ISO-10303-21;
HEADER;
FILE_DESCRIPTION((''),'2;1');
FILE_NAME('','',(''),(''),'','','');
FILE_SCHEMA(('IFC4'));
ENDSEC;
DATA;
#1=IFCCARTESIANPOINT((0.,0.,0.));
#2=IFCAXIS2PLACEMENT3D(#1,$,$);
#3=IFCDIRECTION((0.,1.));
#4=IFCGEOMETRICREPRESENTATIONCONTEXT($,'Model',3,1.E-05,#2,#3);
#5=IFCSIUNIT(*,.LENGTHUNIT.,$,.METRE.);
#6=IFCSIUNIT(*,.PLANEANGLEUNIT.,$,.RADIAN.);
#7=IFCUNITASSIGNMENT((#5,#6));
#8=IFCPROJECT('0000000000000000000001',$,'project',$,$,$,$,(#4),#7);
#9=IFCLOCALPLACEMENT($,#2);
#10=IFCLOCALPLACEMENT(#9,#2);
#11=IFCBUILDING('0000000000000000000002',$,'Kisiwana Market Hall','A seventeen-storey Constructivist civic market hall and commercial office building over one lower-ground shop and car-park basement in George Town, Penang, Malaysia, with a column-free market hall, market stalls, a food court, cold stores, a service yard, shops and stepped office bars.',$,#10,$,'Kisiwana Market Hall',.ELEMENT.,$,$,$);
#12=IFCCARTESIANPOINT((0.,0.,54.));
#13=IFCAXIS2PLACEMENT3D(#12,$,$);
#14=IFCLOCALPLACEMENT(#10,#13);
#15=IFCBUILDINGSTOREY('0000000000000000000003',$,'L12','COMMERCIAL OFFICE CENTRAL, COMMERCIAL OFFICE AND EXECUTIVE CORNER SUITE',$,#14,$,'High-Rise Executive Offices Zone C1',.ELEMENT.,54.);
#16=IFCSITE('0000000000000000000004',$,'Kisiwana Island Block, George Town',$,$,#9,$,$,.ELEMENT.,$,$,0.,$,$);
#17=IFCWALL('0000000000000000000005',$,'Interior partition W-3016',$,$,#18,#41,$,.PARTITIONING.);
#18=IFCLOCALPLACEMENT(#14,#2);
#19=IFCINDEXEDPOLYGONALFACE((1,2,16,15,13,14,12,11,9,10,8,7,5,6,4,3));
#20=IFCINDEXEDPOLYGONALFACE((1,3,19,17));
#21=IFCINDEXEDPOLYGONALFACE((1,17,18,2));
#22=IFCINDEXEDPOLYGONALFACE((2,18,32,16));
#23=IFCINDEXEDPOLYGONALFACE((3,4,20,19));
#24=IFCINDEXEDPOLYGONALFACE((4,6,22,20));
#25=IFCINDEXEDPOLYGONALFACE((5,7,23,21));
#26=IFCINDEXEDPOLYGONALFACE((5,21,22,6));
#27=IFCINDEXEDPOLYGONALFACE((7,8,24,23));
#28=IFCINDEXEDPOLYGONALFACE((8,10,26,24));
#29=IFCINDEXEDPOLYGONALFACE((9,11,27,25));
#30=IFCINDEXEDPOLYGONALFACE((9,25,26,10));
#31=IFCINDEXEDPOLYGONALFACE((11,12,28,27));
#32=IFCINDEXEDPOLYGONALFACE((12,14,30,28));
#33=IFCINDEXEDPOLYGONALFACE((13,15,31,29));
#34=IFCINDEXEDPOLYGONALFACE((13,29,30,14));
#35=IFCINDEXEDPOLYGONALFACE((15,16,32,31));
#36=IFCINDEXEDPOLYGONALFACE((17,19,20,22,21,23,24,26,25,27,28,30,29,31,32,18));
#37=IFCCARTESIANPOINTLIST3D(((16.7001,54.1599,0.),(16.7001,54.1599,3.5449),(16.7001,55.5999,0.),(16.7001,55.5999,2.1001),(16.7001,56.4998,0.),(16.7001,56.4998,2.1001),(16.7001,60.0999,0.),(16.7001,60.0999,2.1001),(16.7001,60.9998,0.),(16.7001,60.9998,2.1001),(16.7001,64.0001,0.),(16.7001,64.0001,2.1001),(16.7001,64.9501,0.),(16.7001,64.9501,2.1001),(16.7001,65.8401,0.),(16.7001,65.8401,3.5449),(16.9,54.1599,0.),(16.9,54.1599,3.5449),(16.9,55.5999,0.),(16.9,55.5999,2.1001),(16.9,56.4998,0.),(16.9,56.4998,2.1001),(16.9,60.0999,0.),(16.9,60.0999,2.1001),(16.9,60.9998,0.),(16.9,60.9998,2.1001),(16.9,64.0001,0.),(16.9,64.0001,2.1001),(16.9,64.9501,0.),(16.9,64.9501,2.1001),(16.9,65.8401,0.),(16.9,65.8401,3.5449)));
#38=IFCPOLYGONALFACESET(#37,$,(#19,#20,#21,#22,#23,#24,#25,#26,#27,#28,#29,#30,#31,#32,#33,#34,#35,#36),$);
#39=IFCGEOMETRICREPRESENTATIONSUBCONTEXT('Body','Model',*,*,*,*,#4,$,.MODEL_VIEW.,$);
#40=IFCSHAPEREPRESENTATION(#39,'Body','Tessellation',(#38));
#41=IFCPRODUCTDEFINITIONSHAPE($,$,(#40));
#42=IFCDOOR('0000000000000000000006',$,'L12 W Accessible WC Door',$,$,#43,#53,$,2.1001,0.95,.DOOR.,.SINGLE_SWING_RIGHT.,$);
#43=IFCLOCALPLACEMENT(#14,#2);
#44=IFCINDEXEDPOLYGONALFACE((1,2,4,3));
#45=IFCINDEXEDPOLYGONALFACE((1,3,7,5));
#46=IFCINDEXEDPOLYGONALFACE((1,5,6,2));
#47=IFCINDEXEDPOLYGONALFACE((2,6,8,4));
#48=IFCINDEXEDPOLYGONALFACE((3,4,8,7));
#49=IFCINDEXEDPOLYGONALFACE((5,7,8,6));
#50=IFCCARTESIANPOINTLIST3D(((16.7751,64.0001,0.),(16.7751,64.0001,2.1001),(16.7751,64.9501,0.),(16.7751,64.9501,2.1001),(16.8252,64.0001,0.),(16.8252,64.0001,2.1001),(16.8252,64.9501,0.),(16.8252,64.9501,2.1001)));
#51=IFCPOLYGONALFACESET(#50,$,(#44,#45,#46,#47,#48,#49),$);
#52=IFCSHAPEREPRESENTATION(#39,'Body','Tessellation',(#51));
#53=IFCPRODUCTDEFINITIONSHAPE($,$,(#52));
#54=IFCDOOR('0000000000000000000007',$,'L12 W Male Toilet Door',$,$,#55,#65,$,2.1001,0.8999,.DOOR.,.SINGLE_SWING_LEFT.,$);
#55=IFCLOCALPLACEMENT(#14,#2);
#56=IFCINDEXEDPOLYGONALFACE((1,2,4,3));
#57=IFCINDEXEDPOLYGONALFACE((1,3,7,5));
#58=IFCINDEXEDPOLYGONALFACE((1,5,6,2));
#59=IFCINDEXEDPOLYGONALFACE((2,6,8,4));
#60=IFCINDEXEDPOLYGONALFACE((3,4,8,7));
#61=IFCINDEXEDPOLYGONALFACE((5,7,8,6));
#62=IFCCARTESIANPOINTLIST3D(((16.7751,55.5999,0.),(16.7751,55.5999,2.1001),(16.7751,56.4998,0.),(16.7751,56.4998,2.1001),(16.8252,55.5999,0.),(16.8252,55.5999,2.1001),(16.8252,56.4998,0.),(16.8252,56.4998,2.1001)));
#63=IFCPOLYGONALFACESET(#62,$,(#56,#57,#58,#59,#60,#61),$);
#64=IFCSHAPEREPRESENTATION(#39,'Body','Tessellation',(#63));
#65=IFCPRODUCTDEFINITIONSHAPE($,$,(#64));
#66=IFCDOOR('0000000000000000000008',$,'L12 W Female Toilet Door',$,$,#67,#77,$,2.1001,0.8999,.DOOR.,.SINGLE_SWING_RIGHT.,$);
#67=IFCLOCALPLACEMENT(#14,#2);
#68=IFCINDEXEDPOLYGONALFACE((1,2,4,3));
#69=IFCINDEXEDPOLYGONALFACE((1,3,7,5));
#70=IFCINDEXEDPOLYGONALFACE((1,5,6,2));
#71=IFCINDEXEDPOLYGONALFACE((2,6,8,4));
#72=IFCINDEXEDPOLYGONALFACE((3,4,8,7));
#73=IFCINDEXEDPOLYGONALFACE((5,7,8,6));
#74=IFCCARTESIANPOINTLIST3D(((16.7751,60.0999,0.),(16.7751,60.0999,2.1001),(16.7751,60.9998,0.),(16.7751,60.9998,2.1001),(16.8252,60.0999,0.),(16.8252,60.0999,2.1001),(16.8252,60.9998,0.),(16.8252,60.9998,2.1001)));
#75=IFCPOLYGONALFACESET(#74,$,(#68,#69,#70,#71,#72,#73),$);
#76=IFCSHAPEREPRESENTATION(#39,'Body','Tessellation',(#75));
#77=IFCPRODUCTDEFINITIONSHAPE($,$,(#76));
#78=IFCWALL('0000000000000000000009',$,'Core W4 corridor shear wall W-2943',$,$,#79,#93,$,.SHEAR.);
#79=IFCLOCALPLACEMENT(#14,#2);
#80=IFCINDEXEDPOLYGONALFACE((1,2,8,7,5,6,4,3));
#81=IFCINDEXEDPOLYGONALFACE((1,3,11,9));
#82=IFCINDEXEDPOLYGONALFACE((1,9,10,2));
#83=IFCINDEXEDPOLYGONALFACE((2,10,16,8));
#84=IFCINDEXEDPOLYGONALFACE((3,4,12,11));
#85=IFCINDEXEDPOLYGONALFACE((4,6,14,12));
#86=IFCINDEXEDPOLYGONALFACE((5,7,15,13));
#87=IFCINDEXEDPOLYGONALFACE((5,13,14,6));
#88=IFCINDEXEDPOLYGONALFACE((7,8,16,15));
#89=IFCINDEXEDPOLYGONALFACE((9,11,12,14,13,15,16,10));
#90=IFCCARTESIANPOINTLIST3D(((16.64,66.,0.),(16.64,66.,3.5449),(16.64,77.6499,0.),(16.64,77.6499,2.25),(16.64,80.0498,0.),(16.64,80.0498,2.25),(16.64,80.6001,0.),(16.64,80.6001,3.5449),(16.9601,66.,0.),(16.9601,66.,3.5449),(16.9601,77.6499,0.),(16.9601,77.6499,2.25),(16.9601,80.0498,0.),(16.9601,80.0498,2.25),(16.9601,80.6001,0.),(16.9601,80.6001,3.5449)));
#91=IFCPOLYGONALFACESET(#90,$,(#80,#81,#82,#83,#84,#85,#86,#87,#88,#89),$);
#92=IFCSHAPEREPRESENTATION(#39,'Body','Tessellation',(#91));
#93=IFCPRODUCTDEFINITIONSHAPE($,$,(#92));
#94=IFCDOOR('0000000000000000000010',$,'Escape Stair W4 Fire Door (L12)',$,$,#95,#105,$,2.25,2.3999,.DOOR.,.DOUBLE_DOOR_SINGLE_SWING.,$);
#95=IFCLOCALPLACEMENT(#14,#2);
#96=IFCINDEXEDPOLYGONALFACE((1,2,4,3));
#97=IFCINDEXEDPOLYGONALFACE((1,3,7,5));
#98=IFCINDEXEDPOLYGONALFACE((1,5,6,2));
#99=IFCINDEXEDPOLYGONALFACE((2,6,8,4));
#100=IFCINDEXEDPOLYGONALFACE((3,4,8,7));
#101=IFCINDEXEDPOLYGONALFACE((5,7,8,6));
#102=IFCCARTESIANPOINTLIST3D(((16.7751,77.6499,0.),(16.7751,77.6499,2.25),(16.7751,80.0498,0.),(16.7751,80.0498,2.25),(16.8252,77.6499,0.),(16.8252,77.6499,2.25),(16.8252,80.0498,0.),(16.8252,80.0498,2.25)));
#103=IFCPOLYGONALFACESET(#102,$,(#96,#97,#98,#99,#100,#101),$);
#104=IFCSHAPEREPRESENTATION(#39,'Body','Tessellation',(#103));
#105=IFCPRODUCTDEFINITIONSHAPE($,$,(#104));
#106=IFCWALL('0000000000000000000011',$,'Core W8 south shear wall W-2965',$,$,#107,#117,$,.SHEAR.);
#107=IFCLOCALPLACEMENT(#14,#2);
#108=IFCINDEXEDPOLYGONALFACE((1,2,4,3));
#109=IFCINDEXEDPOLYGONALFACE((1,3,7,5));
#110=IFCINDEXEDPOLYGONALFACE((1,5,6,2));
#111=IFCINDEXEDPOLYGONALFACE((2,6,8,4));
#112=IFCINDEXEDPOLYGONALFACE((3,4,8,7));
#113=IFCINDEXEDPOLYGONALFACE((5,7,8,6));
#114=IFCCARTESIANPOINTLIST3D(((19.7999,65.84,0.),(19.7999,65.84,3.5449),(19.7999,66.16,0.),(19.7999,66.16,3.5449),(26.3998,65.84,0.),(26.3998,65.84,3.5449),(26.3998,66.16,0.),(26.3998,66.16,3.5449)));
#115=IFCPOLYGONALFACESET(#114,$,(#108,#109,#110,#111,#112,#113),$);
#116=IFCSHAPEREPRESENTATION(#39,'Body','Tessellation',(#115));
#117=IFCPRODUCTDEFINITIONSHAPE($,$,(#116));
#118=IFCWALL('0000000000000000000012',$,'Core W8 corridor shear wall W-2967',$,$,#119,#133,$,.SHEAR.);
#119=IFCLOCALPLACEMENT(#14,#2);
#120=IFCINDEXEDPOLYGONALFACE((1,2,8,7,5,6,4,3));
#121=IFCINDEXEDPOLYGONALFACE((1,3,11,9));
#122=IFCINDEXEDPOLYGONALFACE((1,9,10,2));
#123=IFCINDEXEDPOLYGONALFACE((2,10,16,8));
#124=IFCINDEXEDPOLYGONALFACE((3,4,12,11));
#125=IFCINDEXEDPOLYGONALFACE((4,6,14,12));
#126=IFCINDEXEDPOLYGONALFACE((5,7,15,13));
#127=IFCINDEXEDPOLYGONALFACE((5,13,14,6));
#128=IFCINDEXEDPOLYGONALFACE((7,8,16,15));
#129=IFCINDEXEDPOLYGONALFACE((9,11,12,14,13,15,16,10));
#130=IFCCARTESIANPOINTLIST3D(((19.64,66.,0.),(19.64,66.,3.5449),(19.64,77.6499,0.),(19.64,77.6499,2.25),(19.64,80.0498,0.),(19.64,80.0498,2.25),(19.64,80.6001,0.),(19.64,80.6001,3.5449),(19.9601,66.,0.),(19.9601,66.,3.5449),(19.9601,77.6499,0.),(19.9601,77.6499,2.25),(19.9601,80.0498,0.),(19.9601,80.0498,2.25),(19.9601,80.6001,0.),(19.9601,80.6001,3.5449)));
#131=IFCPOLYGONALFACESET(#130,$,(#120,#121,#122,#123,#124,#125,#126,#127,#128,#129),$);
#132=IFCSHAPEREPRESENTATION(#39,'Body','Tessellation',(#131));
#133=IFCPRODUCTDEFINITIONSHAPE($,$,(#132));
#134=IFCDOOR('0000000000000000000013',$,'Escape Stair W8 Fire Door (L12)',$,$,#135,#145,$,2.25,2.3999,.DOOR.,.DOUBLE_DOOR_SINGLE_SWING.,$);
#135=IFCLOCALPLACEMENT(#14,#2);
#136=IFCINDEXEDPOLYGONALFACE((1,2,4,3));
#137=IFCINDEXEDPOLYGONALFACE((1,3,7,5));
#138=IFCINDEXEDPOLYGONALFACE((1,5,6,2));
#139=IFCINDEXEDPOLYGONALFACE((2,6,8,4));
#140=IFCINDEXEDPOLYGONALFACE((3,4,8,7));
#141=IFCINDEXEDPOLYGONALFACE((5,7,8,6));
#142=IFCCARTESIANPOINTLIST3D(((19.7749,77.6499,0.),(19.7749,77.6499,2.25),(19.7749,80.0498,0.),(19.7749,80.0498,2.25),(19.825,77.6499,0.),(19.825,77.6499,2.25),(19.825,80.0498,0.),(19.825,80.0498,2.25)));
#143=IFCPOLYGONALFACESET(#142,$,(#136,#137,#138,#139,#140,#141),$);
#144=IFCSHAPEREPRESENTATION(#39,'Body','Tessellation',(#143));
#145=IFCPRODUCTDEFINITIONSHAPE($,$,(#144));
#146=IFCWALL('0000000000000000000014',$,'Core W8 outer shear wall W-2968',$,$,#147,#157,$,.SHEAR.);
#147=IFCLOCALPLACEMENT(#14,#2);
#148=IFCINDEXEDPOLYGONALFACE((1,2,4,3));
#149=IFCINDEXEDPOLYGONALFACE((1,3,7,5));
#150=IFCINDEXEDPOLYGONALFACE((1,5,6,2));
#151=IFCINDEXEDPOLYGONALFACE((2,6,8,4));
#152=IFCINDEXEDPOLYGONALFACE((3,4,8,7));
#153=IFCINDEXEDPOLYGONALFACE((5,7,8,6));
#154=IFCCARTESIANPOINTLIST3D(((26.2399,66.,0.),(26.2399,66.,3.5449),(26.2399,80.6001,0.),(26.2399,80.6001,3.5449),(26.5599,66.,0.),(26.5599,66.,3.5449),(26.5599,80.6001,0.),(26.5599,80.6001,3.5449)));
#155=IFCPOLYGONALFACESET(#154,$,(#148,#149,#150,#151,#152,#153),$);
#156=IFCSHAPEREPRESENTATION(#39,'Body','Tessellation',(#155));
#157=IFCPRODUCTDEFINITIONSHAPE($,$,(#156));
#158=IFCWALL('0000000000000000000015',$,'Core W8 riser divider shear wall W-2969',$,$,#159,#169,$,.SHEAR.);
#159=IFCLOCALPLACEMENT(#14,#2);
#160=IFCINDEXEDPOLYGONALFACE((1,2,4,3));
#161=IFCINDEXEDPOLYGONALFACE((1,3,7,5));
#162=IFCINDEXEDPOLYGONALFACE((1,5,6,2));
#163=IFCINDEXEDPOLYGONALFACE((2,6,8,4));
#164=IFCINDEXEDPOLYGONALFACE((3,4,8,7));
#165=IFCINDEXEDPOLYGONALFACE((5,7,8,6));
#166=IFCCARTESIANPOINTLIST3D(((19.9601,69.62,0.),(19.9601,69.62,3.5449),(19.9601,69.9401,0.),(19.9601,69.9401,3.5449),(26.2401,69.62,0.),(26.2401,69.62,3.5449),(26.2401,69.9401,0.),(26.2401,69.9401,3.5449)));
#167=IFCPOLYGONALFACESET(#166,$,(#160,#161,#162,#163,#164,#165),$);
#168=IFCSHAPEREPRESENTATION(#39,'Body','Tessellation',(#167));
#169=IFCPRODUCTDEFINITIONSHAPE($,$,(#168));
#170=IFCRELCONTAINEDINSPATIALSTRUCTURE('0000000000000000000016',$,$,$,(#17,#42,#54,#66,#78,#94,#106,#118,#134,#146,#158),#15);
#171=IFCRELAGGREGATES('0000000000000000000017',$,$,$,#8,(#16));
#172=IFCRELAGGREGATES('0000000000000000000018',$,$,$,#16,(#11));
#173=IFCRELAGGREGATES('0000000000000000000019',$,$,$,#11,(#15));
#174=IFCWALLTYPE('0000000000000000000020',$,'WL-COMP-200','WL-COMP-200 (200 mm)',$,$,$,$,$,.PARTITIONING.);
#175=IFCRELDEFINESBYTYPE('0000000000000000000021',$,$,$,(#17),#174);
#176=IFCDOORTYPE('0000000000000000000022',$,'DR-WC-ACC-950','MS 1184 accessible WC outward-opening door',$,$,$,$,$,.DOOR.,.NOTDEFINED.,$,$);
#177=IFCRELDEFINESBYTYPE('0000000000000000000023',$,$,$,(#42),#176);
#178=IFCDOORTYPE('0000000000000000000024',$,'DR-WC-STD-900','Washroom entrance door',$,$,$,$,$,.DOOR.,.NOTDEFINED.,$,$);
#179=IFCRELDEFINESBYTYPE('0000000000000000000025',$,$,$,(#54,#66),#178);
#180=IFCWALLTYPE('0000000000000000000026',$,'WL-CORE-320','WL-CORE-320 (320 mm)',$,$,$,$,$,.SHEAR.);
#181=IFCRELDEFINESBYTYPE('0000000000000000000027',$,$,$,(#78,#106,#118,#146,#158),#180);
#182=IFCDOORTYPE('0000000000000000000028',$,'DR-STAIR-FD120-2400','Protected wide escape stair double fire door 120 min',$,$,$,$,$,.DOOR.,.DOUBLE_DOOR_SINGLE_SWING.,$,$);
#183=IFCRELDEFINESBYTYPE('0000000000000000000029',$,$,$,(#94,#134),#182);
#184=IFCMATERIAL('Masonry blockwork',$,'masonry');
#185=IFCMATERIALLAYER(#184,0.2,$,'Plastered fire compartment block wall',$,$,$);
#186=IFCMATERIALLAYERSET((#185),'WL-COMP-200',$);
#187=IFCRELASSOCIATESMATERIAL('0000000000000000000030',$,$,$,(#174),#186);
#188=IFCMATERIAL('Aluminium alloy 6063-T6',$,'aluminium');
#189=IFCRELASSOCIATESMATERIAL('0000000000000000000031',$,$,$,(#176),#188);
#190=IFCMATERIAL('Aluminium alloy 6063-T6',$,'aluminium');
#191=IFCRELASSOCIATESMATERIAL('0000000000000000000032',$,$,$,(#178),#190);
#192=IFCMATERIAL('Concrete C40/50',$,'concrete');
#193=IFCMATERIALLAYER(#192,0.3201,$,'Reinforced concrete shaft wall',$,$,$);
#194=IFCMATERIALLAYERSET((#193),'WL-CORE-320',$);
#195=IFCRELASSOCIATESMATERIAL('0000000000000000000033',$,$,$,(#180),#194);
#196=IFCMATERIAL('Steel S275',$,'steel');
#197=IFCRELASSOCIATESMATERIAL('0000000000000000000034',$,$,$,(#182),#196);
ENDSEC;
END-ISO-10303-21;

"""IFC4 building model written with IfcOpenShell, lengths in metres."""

from ifc_helpers import new_model, si_unit, direction, frame, frame_2d, origin, place, context, subcontext, project, spatial, rectangle, extrude, material, layer, layer_set, type_object, element, fill, save


model = new_model("IFC4")

# Units and contexts
model_context = context("Model", 3, precision=1e-05, world=origin(), true_north=direction((0.0, 1.0)))
body_context = subcontext(model_context, "Body", "Model", "MODEL_VIEW")
ifc_project = project(units=[si_unit("LENGTHUNIT", "METRE"), si_unit("PLANEANGLEUNIT", "RADIAN")], contexts=[model_context])

# Site, building, storey
site_placement = place(None, origin())
site = spatial("IfcSite", under=ifc_project, at=site_placement, Name="Kisiwana Island Block, George Town", CompositionType="ELEMENT", RefElevation=0.0)
building_placement = place(site_placement, origin())
building = spatial("IfcBuilding", under=site, at=building_placement, Name="Kisiwana Market Hall", Description="A seventeen-storey Constructivist civic market hall and commercial office building over one lower-ground shop and car-park basement in George Town, Penang, Malaysia, with a column-free market hall, market stalls, a food court, cold stores, a service yard, shops and stepped office bars.", LongName="Kisiwana Market Hall", CompositionType="ELEMENT")
storey_placement = place(building_placement, frame((0.0, 0.0, 54.0)))
storey = spatial("IfcBuildingStorey", under=building, at=storey_placement, Name="L12", Description="COMMERCIAL OFFICE CENTRAL, COMMERCIAL OFFICE AND EXECUTIVE CORNER SUITE", LongName="High-Rise Executive Offices Zone C1", CompositionType="ELEMENT", Elevation=54.0)

# Wall, openings, doors
ifc_material_1 = material(Name="Masonry blockwork", Category="masonry")
ifc_layer_1 = layer(ifc_material_1, 0.2, Name="Plastered fire compartment block wall")
ifc_layer_set_1 = layer_set([ifc_layer_1], Name="WL-COMP-200")
wall_type_1 = type_object("IfcWallType", Name="WL-COMP-200", Description="WL-COMP-200 (200 mm)", PredefinedType="PARTITIONING", material=ifc_layer_set_1)
wall_1_placement = place(storey_placement, frame((16.8, 54.1599, 0.0), z_axis=(0.0, 0.0, 1.0), x_axis=(0.0, 1.0, 0.0)))
wall_1 = element("IfcWall", 1, at=wall_1_placement, inside=storey, type_object=wall_type_1, Name="Interior partition W-3016", PredefinedType="PARTITIONING", context=body_context, shape_type="SweptSolid", body=[
    extrude(rectangle(XDim=11.6802, YDim=0.2, at=frame_2d((5.8401, 0.0))), origin(), (0.0, 0.0, 1.0), 3.5449),
])
opening_1_placement = place(wall_1_placement, frame((1.4399, 0.0, 0.0)))
opening_1 = element("IfcOpeningElement", 2, at=opening_1_placement, cuts=wall_1, PredefinedType="OPENING", context=body_context, shape_type="SweptSolid", body=[
    extrude(rectangle(XDim=0.8999, YDim=2.1001, at=frame_2d((0.45, 1.05))), frame((0.0, 0.1118, 0.0), z_axis=(0.0, -1.0, 0.0), x_axis=(1.0, 0.0, 0.0)), (0.0, 0.0, 1.0), 0.2239),
])
opening_2_placement = place(wall_1_placement, frame((5.9399, 0.0, 0.0)))
opening_2 = element("IfcOpeningElement", 3, at=opening_2_placement, cuts=wall_1, PredefinedType="OPENING", context=body_context, shape_type="SweptSolid", body=[
    extrude(rectangle(XDim=0.8999, YDim=2.1001, at=frame_2d((0.45, 1.05))), frame((0.0, 0.1118, 0.0), z_axis=(0.0, -1.0, 0.0), x_axis=(1.0, 0.0, 0.0)), (0.0, 0.0, 1.0), 0.2239),
])
opening_3_placement = place(wall_1_placement, frame((9.8401, 0.0, 0.0)))
opening_3 = element("IfcOpeningElement", 4, at=opening_3_placement, cuts=wall_1, PredefinedType="OPENING", context=body_context, shape_type="SweptSolid", body=[
    extrude(rectangle(XDim=0.95, YDim=2.1001, at=frame_2d((0.4751, 1.05))), frame((0.0, 0.1118, 0.0), z_axis=(0.0, -1.0, 0.0), x_axis=(1.0, 0.0, 0.0)), (0.0, 0.0, 1.0), 0.2239),
])
ifc_material_2 = material(Name="Aluminium alloy 6063-T6", Category="aluminium")
door_type_1 = type_object("IfcDoorType", Name="DR-WC-ACC-950", Description="MS 1184 accessible WC outward-opening door", OperationType="NOTDEFINED", PredefinedType="DOOR", material=ifc_material_2)
door_1_placement = place(opening_3_placement, origin())
door_1 = element("IfcDoor", 5, at=door_1_placement, inside=storey, type_object=door_type_1, Name="L12 W Accessible WC Door", OperationType="SINGLE_SWING_RIGHT", OverallHeight=2.1001, OverallWidth=0.95, PredefinedType="DOOR", context=body_context, shape_type="SweptSolid", body=[
    extrude(rectangle(XDim=0.95, YDim=2.1001, at=frame_2d((0.4751, 1.05))), frame((0.0, 0.0249, 0.0), z_axis=(0.0, -1.0, 0.0), x_axis=(1.0, 0.0, 0.0)), (0.0, 0.0, 1.0), 0.05),
])
fill(opening_3, door_1)
ifc_material_3 = material(Name="Aluminium alloy 6063-T6", Category="aluminium")
door_type_2 = type_object("IfcDoorType", Name="DR-WC-STD-900", Description="Washroom entrance door", OperationType="NOTDEFINED", PredefinedType="DOOR", material=ifc_material_3)
door_2_placement = place(opening_1_placement, origin())
door_2 = element("IfcDoor", 6, at=door_2_placement, inside=storey, type_object=door_type_2, Name="L12 W Male Toilet Door", OperationType="SINGLE_SWING_LEFT", OverallHeight=2.1001, OverallWidth=0.8999, PredefinedType="DOOR", context=body_context, shape_type="SweptSolid", body=[
    extrude(rectangle(XDim=0.8999, YDim=2.1001, at=frame_2d((0.45, 1.05))), frame((0.0, 0.0249, 0.0), z_axis=(0.0, -1.0, 0.0), x_axis=(1.0, 0.0, 0.0)), (0.0, 0.0, 1.0), 0.05),
])
fill(opening_1, door_2)
door_3_placement = place(opening_2_placement, origin())
door_3 = element("IfcDoor", 7, at=door_3_placement, inside=storey, type_object=door_type_2, Name="L12 W Female Toilet Door", OperationType="SINGLE_SWING_RIGHT", OverallHeight=2.1001, OverallWidth=0.8999, PredefinedType="DOOR", context=body_context, shape_type="SweptSolid", body=[
    extrude(rectangle(XDim=0.8999, YDim=2.1001, at=frame_2d((0.45, 1.05))), frame((0.0, 0.0249, 0.0), z_axis=(0.0, -1.0, 0.0), x_axis=(1.0, 0.0, 0.0)), (0.0, 0.0, 1.0), 0.05),
])
fill(opening_2, door_3)

# Wall, opening, door
ifc_material_4 = material(Name="Concrete C40/50", Category="concrete")
ifc_layer_2 = layer(ifc_material_4, 0.3201, Name="Reinforced concrete shaft wall")
ifc_layer_set_2 = layer_set([ifc_layer_2], Name="WL-CORE-320")
wall_type_2 = type_object("IfcWallType", Name="WL-CORE-320", Description="WL-CORE-320 (320 mm)", PredefinedType="SHEAR", material=ifc_layer_set_2)
wall_2_placement = place(storey_placement, frame((16.8, 66.0, 0.0), z_axis=(0.0, 0.0, 1.0), x_axis=(0.0, 1.0, 0.0)))
wall_2 = element("IfcWall", 8, at=wall_2_placement, inside=storey, type_object=wall_type_2, Name="Core W4 corridor shear wall W-2943", PredefinedType="SHEAR", context=body_context, shape_type="SweptSolid", body=[
    extrude(rectangle(XDim=14.6001, YDim=0.3201, at=frame_2d((7.3, 0.0))), origin(), (0.0, 0.0, 1.0), 3.5449),
])
opening_4_placement = place(wall_2_placement, frame((11.6499, 0.0, 0.0)))
opening_4 = element("IfcOpeningElement", 9, at=opening_4_placement, cuts=wall_2, PredefinedType="OPENING", context=body_context, shape_type="SweptSolid", body=[
    extrude(rectangle(XDim=2.3999, YDim=2.25, at=frame_2d((1.2, 1.125))), frame((0.0, 0.1719, 0.0), z_axis=(0.0, -1.0, 0.0), x_axis=(1.0, 0.0, 0.0)), (0.0, 0.0, 1.0), 0.344),
])
ifc_material_5 = material(Name="Steel S275", Category="steel")
door_type_3 = type_object("IfcDoorType", Name="DR-STAIR-FD120-2400", Description="Protected wide escape stair double fire door 120 min", OperationType="DOUBLE_DOOR_SINGLE_SWING", PredefinedType="DOOR", material=ifc_material_5)
door_4_placement = place(opening_4_placement, origin())
door_4 = element("IfcDoor", 10, at=door_4_placement, inside=storey, type_object=door_type_3, Name="Escape Stair W4 Fire Door (L12)", OperationType="DOUBLE_DOOR_SINGLE_SWING", OverallHeight=2.25, OverallWidth=2.3999, PredefinedType="DOOR", context=body_context, shape_type="SweptSolid", body=[
    extrude(rectangle(XDim=2.3999, YDim=2.25, at=frame_2d((1.2, 1.125))), frame((0.0, 0.0249, 0.0), z_axis=(0.0, -1.0, 0.0), x_axis=(1.0, 0.0, 0.0)), (0.0, 0.0, 1.0), 0.05),
])
fill(opening_4, door_4)

# Wall
wall_3_placement = place(storey_placement, frame((19.8, 66.0, 0.0), z_axis=(0.0, 0.0, 1.0), x_axis=(1.0, 0.0, 0.0)))
element("IfcWall", 11, at=wall_3_placement, inside=storey, type_object=wall_type_2, Name="Core W8 south shear wall W-2965", PredefinedType="SHEAR", context=body_context, shape_type="SweptSolid", body=[
    extrude(rectangle(XDim=6.5999, YDim=0.3201, at=frame_2d((3.2998, 0.0))), origin(), (0.0, 0.0, 1.0), 3.5449),
])

# Wall, opening, door
wall_4_placement = place(storey_placement, frame((19.8, 66.0, 0.0), z_axis=(0.0, 0.0, 1.0), x_axis=(0.0, 1.0, 0.0)))
wall_4 = element("IfcWall", 12, at=wall_4_placement, inside=storey, type_object=wall_type_2, Name="Core W8 corridor shear wall W-2967", PredefinedType="SHEAR", context=body_context, shape_type="SweptSolid", body=[
    extrude(rectangle(XDim=14.6001, YDim=0.3201, at=frame_2d((7.3, 0.0))), origin(), (0.0, 0.0, 1.0), 3.5449),
])
opening_5_placement = place(wall_4_placement, frame((11.6499, 0.0, 0.0)))
opening_5 = element("IfcOpeningElement", 13, at=opening_5_placement, cuts=wall_4, PredefinedType="OPENING", context=body_context, shape_type="SweptSolid", body=[
    extrude(rectangle(XDim=2.3999, YDim=2.25, at=frame_2d((1.2, 1.125))), frame((0.0, 0.1719, 0.0), z_axis=(0.0, -1.0, 0.0), x_axis=(1.0, 0.0, 0.0)), (0.0, 0.0, 1.0), 0.344),
])
door_5_placement = place(opening_5_placement, frame((2.3999, 0.0, 0.0), z_axis=(0.0, 0.0, 1.0), x_axis=(-1.0, 0.0, 0.0)))
door_5 = element("IfcDoor", 14, at=door_5_placement, inside=storey, type_object=door_type_3, Name="Escape Stair W8 Fire Door (L12)", OperationType="DOUBLE_DOOR_SINGLE_SWING", OverallHeight=2.25, OverallWidth=2.3999, PredefinedType="DOOR", context=body_context, shape_type="SweptSolid", body=[
    extrude(rectangle(XDim=2.3999, YDim=2.25, at=frame_2d((1.2, 1.125))), frame((0.0, 0.0249, 0.0), z_axis=(0.0, -1.0, 0.0), x_axis=(1.0, 0.0, 0.0)), (0.0, 0.0, 1.0), 0.05),
])
fill(opening_5, door_5)

# Walls
wall_5_placement = place(storey_placement, frame((26.3999, 66.0, 0.0), z_axis=(0.0, 0.0, 1.0), x_axis=(0.0, 1.0, 0.0)))
element("IfcWall", 15, at=wall_5_placement, inside=storey, type_object=wall_type_2, Name="Core W8 outer shear wall W-2968", PredefinedType="SHEAR", context=body_context, shape_type="SweptSolid", body=[
    extrude(rectangle(XDim=14.6001, YDim=0.3201, at=frame_2d((7.3, 0.0))), origin(), (0.0, 0.0, 1.0), 3.5449),
])
wall_6_placement = place(storey_placement, frame((19.96, 69.78, 0.0), z_axis=(0.0, 0.0, 1.0), x_axis=(1.0, 0.0, 0.0)))
element("IfcWall", 16, at=wall_6_placement, inside=storey, type_object=wall_type_2, Name="Core W8 riser divider shear wall W-2969", PredefinedType="SHEAR", context=body_context, shape_type="SweptSolid", body=[
    extrude(rectangle(XDim=6.28, YDim=0.3201, at=frame_2d((3.1401, 0.0))), origin(), (0.0, 0.0, 1.0), 3.5449),
])

save(model, "model.ifc")
